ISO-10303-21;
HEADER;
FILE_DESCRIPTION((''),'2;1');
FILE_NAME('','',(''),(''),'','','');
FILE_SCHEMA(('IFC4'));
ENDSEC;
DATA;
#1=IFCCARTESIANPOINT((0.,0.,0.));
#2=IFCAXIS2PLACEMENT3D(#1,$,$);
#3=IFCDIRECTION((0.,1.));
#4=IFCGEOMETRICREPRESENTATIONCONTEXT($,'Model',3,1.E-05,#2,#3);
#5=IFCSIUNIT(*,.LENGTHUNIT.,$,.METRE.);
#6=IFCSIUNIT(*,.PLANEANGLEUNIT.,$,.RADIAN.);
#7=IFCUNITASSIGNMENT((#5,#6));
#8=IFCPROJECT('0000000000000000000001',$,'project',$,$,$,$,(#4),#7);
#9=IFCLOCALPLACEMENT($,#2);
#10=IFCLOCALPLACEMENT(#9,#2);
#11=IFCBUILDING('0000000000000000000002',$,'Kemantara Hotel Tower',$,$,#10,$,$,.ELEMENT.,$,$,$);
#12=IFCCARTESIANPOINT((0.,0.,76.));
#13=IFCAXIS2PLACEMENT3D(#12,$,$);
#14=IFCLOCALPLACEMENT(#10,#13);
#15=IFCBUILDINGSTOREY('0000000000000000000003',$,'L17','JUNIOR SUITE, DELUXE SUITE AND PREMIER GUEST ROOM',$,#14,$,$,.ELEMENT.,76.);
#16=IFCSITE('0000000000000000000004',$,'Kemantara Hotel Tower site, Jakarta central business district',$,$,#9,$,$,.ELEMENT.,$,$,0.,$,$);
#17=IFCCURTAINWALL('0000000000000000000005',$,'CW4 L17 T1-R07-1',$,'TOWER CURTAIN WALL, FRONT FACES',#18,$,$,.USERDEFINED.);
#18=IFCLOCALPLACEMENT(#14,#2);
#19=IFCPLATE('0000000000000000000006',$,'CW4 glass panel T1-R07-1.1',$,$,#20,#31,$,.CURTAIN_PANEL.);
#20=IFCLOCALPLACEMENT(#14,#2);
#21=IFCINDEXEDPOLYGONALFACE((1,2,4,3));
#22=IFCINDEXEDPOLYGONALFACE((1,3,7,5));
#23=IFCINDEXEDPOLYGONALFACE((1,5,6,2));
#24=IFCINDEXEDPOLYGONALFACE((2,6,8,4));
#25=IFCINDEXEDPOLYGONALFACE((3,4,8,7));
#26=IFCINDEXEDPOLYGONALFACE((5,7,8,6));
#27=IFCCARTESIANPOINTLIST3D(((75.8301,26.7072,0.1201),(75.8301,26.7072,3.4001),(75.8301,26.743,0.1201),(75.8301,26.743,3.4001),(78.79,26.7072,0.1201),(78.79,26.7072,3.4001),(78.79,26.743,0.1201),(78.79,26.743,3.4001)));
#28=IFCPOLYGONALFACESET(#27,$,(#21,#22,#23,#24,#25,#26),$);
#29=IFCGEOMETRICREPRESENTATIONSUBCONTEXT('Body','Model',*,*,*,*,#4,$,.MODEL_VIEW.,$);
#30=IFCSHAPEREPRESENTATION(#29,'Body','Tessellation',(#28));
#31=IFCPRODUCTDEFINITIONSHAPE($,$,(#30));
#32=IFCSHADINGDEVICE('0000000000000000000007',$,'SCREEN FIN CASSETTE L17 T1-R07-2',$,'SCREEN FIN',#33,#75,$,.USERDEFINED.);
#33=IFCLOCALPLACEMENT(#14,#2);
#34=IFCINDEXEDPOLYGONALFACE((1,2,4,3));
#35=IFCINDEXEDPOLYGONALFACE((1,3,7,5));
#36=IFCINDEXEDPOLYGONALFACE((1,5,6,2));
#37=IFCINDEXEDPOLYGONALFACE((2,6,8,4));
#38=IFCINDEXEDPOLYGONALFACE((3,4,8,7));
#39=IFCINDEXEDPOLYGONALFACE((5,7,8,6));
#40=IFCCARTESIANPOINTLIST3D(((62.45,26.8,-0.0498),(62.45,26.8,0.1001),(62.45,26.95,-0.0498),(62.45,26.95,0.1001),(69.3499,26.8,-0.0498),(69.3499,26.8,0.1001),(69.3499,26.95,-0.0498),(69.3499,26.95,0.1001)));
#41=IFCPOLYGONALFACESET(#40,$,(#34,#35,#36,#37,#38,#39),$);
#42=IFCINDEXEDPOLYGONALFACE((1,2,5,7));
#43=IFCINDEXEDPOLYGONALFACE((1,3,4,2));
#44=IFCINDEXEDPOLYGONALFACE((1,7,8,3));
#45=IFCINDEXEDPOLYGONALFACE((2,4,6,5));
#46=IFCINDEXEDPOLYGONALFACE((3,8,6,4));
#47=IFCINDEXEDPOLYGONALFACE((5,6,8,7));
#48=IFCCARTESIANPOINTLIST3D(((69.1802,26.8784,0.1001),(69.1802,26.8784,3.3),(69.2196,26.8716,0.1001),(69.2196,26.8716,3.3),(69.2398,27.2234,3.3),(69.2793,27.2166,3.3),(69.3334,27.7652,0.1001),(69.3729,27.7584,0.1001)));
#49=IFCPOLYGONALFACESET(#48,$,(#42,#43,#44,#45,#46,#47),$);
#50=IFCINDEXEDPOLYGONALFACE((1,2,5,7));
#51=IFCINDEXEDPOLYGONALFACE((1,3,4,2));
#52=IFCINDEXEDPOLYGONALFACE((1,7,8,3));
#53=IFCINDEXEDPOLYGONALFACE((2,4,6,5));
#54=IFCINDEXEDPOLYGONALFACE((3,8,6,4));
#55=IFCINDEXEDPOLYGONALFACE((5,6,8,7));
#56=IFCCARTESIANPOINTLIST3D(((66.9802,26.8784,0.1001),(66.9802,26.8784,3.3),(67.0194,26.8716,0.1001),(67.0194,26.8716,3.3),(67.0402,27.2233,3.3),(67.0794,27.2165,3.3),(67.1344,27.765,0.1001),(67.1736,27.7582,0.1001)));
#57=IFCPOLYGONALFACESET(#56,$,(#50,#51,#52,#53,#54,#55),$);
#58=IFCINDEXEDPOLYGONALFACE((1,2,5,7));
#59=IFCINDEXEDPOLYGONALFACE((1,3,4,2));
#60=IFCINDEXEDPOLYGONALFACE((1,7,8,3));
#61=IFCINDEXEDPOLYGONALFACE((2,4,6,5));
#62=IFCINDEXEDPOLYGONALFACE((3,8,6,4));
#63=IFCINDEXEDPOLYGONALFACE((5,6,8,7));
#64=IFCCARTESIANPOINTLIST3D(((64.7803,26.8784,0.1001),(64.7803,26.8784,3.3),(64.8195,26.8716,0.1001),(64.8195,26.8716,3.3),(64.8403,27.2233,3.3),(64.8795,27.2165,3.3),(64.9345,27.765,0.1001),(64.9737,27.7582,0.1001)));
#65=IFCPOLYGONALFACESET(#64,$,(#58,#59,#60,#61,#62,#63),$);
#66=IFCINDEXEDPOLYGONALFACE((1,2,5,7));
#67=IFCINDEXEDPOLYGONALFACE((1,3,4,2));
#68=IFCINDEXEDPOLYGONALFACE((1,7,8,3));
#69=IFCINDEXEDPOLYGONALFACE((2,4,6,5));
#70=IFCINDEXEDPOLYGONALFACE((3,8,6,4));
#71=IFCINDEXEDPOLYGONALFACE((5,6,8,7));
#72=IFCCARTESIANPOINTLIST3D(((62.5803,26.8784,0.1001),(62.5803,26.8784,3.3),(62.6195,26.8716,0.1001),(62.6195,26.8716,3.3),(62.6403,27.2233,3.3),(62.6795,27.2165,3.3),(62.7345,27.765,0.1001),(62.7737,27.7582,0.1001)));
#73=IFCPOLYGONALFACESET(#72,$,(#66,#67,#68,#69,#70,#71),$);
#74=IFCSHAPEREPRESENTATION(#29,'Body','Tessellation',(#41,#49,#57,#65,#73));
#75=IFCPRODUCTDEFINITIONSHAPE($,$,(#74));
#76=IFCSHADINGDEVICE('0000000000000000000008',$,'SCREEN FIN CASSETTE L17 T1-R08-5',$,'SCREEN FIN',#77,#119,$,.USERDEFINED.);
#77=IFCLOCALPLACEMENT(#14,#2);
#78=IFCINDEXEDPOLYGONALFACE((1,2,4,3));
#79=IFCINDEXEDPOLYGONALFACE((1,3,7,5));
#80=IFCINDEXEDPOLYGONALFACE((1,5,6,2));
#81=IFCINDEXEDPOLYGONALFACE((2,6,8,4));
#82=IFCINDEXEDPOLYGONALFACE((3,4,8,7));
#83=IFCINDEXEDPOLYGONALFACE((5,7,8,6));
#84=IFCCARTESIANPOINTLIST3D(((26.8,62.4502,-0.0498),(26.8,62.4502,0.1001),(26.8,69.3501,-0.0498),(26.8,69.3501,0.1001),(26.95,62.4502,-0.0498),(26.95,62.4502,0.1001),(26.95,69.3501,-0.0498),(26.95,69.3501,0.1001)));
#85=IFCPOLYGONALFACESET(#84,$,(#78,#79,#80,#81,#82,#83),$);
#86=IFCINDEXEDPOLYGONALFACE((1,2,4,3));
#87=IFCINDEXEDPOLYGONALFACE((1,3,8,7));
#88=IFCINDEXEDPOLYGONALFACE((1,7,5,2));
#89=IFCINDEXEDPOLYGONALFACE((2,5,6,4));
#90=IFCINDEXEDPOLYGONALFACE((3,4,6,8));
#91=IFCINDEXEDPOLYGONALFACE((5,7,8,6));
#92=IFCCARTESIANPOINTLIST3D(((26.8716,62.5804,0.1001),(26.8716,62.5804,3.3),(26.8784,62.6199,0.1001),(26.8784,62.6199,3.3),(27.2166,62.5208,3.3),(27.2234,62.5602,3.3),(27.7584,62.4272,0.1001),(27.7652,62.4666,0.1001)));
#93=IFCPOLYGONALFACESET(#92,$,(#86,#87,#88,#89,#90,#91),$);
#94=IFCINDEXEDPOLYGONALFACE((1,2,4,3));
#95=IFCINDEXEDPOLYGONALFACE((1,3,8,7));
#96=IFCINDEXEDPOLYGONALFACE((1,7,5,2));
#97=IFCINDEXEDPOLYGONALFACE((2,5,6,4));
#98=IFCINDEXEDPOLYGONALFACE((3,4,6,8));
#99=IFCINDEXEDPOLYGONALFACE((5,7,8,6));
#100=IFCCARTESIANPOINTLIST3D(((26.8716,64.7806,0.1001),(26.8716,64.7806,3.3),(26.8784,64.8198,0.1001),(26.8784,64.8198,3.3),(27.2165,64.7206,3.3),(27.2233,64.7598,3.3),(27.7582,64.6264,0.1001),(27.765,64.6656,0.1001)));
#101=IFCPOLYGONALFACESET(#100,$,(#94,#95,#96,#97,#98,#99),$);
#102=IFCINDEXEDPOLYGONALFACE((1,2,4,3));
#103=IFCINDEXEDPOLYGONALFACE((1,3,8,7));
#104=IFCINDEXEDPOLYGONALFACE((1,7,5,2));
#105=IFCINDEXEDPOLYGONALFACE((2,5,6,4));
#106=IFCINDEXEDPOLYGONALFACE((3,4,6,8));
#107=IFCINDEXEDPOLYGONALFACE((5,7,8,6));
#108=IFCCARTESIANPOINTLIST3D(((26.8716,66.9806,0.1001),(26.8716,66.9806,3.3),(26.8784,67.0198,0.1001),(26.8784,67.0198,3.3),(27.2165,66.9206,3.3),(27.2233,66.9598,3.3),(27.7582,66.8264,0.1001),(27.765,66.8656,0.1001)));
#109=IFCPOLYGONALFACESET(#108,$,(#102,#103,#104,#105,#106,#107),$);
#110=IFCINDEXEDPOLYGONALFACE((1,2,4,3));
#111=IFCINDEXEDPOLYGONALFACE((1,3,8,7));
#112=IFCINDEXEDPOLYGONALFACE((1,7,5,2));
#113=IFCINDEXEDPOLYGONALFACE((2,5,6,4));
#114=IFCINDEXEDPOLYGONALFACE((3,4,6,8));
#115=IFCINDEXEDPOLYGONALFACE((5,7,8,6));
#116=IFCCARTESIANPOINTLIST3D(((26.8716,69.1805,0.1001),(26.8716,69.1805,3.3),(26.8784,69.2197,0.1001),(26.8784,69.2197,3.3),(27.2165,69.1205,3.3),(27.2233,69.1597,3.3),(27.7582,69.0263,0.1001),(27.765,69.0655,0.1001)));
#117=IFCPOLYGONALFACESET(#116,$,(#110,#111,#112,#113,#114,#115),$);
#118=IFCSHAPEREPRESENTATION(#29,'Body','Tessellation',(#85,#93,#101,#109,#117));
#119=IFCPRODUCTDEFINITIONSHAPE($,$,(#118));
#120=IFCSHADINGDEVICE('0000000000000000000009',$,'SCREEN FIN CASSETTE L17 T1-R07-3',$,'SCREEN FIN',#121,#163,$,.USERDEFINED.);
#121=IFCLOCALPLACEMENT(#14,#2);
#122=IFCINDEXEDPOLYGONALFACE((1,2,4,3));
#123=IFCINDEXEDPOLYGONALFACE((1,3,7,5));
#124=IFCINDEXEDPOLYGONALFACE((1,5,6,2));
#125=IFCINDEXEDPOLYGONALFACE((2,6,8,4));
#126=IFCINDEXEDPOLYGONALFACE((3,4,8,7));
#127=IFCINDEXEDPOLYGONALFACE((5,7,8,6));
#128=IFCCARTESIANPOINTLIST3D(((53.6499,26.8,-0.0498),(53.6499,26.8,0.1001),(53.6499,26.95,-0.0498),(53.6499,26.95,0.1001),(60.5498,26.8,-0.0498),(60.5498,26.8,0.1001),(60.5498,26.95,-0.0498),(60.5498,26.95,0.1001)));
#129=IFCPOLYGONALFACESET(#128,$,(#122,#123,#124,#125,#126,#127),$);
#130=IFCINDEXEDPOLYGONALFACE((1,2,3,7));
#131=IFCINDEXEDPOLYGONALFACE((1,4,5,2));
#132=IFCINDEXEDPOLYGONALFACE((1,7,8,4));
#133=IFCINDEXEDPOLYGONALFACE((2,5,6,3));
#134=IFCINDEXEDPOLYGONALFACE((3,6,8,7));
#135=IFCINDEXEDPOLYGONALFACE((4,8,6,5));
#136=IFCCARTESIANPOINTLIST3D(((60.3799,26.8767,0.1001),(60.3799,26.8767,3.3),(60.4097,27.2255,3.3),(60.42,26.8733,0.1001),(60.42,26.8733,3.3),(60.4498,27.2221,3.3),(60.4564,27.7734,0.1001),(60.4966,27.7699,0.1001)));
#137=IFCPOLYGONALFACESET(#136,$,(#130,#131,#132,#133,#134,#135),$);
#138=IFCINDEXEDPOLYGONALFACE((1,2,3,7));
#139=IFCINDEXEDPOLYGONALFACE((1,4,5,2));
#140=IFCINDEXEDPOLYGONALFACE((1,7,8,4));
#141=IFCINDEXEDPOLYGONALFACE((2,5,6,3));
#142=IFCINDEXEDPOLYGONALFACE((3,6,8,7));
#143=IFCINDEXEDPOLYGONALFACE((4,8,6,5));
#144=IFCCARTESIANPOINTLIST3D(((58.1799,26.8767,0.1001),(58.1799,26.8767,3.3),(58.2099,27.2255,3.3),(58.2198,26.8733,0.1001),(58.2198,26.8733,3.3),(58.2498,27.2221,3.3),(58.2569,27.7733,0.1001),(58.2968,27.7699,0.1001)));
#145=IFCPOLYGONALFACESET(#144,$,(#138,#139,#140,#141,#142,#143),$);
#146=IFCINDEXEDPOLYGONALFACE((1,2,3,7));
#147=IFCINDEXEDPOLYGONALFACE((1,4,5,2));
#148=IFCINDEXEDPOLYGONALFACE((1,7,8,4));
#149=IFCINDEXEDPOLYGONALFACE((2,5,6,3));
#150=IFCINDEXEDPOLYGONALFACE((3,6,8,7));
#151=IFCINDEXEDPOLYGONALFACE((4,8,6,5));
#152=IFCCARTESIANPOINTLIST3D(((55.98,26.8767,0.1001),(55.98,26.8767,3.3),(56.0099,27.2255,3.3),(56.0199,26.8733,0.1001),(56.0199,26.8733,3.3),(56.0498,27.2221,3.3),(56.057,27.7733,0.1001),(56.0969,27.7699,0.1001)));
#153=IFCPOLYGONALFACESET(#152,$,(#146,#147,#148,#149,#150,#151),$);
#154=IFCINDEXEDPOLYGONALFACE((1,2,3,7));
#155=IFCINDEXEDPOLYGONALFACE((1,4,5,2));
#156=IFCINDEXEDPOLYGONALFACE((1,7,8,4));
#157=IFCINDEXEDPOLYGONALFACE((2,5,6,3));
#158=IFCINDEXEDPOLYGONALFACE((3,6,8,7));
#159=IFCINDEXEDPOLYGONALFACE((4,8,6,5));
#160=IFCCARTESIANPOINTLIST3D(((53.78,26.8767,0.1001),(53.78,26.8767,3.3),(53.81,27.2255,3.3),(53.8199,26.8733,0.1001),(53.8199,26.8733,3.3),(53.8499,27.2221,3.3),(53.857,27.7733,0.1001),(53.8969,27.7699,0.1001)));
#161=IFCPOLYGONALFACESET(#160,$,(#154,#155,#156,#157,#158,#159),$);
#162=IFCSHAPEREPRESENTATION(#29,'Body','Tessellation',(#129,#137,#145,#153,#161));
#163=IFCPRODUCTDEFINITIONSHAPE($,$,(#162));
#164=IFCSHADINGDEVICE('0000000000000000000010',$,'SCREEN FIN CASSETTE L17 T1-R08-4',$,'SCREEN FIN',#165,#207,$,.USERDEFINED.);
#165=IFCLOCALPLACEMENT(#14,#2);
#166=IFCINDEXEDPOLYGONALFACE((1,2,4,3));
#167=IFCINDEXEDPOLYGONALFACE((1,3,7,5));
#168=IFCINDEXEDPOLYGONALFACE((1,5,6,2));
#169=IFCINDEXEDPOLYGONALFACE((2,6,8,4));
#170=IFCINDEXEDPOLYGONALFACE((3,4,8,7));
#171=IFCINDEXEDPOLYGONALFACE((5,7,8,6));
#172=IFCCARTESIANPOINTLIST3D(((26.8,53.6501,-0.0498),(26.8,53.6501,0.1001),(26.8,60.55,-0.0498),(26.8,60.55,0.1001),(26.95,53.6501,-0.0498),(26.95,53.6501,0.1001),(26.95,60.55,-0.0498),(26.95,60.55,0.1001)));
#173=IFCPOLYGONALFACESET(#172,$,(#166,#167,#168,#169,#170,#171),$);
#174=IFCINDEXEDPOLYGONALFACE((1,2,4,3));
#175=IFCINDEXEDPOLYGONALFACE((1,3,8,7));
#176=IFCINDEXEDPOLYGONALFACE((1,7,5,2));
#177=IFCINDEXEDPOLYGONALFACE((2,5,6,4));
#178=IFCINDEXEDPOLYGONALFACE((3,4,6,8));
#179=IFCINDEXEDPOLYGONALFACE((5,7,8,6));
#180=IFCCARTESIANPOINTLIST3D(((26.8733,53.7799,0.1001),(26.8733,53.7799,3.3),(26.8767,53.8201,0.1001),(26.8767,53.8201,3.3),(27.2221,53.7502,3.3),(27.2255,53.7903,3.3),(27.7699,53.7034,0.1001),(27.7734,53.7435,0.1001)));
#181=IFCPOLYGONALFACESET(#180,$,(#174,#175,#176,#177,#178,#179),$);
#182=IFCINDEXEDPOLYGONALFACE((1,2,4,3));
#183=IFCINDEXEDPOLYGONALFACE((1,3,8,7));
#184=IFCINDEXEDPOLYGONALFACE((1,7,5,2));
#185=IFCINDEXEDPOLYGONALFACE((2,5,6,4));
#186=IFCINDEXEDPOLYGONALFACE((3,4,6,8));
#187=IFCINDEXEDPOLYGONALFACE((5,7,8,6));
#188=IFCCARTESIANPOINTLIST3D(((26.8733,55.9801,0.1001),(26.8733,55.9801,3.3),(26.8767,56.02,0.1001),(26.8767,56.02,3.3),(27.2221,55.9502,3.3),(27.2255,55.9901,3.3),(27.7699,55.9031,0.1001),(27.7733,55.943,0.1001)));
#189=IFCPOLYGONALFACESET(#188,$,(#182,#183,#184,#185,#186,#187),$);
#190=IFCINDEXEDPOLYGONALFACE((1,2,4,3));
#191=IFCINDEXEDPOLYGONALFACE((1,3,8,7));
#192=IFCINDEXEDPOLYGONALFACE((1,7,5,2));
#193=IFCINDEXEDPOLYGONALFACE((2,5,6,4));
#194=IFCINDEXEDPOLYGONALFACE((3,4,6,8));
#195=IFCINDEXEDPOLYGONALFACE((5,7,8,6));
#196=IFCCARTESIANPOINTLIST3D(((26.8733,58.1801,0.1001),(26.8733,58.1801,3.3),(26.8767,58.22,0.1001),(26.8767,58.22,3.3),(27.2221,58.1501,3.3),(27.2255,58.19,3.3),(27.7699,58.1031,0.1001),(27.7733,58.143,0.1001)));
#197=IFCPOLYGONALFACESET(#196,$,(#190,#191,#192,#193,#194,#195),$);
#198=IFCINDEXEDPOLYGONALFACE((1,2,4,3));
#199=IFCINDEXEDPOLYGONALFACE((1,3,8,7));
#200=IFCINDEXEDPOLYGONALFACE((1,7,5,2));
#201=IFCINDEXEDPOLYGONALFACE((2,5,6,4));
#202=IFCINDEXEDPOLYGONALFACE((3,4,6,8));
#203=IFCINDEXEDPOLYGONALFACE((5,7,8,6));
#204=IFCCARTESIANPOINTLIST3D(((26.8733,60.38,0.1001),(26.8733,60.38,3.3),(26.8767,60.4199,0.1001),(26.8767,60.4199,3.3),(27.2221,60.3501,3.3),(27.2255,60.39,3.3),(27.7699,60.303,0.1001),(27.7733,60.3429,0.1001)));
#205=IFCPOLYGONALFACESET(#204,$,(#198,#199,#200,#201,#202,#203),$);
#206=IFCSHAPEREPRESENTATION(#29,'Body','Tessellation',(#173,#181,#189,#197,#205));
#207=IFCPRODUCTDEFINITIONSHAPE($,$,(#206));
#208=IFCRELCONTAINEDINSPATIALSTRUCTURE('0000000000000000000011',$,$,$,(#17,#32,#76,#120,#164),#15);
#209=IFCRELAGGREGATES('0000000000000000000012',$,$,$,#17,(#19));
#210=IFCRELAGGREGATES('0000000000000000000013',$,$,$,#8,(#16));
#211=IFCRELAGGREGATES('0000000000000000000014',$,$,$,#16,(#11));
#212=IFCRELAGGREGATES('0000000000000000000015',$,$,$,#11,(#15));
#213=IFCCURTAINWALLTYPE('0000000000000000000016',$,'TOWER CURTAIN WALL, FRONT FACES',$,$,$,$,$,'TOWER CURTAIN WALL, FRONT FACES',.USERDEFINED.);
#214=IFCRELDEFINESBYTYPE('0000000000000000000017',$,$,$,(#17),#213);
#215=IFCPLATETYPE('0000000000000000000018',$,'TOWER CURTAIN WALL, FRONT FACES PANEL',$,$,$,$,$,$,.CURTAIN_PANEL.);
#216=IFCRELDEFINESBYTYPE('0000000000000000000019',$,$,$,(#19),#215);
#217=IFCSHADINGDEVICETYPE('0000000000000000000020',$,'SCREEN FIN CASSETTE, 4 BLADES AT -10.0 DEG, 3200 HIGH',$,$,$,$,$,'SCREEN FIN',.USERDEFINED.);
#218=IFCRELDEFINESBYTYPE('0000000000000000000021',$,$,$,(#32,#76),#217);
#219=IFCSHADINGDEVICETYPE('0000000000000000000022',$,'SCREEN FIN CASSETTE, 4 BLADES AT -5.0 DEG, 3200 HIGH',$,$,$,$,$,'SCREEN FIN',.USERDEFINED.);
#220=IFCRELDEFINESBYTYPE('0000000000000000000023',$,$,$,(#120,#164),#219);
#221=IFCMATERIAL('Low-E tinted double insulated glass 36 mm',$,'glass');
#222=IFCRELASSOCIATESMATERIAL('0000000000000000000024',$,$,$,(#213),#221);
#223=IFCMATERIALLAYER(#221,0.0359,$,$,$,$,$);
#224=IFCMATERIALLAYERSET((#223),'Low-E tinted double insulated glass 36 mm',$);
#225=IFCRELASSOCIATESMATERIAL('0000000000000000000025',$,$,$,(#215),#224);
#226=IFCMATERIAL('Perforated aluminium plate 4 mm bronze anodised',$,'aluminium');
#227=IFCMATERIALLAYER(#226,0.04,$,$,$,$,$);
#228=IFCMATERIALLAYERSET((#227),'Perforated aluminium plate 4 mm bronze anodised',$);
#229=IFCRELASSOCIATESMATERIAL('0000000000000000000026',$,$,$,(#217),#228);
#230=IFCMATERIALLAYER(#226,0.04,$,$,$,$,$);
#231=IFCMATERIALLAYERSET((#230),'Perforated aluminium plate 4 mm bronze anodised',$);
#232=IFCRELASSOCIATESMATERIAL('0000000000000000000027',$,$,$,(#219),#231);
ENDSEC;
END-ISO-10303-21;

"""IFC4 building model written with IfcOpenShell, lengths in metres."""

from ifc_helpers import new_model, si_unit, direction, frame, origin, origin_2d, place, context, subcontext, project, spatial, polyline, rectangle, outline, extrude, source, transform, mapped, material, layer, layer_set, type_object, element, aggregate, save


model = new_model("IFC4")

# Units and contexts
model_context = context("Model", 3, precision=1e-05, world=origin(), true_north=direction((0.0, 1.0)))
body_context = subcontext(model_context, "Body", "Model", "MODEL_VIEW")
ifc_project = project(units=[si_unit("LENGTHUNIT", "METRE"), si_unit("PLANEANGLEUNIT", "RADIAN")], contexts=[model_context])

# Site, building, storey
site_placement = place(None, origin())
site = spatial("IfcSite", under=ifc_project, at=site_placement, Name="Kemantara Hotel Tower site, Jakarta central business district", CompositionType="ELEMENT", RefElevation=0.0)
building_placement = place(site_placement, origin())
building = spatial("IfcBuilding", under=site, at=building_placement, Name="Kemantara Hotel Tower", CompositionType="ELEMENT")
storey_placement = place(building_placement, frame((0.0, 0.0, 76.0)))
storey = spatial("IfcBuildingStorey", under=building, at=storey_placement, Name="L17", Description="JUNIOR SUITE, DELUXE SUITE AND PREMIER GUEST ROOM", CompositionType="ELEMENT", Elevation=76.0)

# Curtain wall
ifc_material_1 = material(Name="Low-E tinted double insulated glass 36 mm", Category="glass")
curtain_wall_type = type_object("IfcCurtainWallType", Name="TOWER CURTAIN WALL, FRONT FACES", ElementType="TOWER CURTAIN WALL, FRONT FACES", PredefinedType="USERDEFINED", material=ifc_material_1)
curtain_wall_1_placement = place(storey_placement, origin())
curtain_wall_1 = element("IfcCurtainWall", 1, at=curtain_wall_1_placement, inside=storey, type_object=curtain_wall_type, Name="CW4 L17 T1-R07-1", ObjectType="TOWER CURTAIN WALL, FRONT FACES", PredefinedType="USERDEFINED")

# Plate
ifc_layer_1 = layer(ifc_material_1, 0.0359)
ifc_layer_set_1 = layer_set([ifc_layer_1], Name="Low-E tinted double insulated glass 36 mm")
plate_type = type_object("IfcPlateType", Name="TOWER CURTAIN WALL, FRONT FACES PANEL", PredefinedType="CURTAIN_PANEL", material=ifc_layer_set_1)
shared_shape_1 = source(origin(), body_context, "Body", "SweptSolid", [
    extrude(rectangle(XDim=2.96, YDim=0.0359, at=origin_2d()), origin(), (0.0, 0.0, 1.0), 3.28),
])
plate_1_placement = place(storey_placement, frame((77.3101, 26.7251, 0.1201), z_axis=(0.0, 0.0, 1.0), x_axis=(-1.0, 0.0, 0.0)))
plate_1 = element("IfcPlate", 2, at=plate_1_placement, type_object=plate_type, Name="CW4 glass panel T1-R07-1.1", PredefinedType="CURTAIN_PANEL", context=body_context, shape_type="MappedRepresentation", body=[
    mapped(shared_shape_1, transform((0.0, 0.0, 0.0))),
])
aggregate(curtain_wall_1, [plate_1])

# Shading devices
ifc_material_2 = material(Name="Perforated aluminium plate 4 mm bronze anodised", Category="aluminium")
ifc_layer_2 = layer(ifc_material_2, 0.04)
ifc_layer_set_2 = layer_set([ifc_layer_2], Name="Perforated aluminium plate 4 mm bronze anodised")
shading_device_type_1 = type_object("IfcShadingDeviceType", Name="SCREEN FIN CASSETTE, 4 BLADES AT -10.0 DEG, 3200 HIGH", ElementType="SCREEN FIN", PredefinedType="USERDEFINED", material=ifc_layer_set_2)
shared_shape_2 = source(origin(), body_context, "Body", "SweptSolid", [
    extrude(rectangle(XDim=6.8999, YDim=0.1499, at=origin_2d()), frame((3.3, -0.075, -0.1499), z_axis=(0.0, 0.0, 1.0), x_axis=(1.0, 0.0, 0.0)), (0.0, 0.0, 1.0), 0.1499),
    extrude(outline(polyline([(0.0, 0.0), (0.8999, 0.0), (0.3501, 3.2), (0.0, 3.2), (0.0, 0.0)])), frame((0.0198, -0.0784, 0.0), z_axis=(-0.98539, 0.170314, 0.0), x_axis=(-0.170314, -0.98539, 0.0)), (0.0, 0.0, 1.0), 0.04),
    extrude(outline(polyline([(0.0, 0.0), (0.8999, 0.0), (0.3501, 3.2), (0.0, 3.2), (0.0, 0.0)])), frame((2.2197, -0.0784, 0.0), z_axis=(-0.985212, 0.171341, 0.0), x_axis=(-0.171341, -0.985212, 0.0)), (0.0, 0.0, 1.0), 0.0398),
    extrude(outline(polyline([(0.0, 0.0), (0.8999, 0.0), (0.3501, 3.2), (0.0, 3.2), (0.0, 0.0)])), frame((4.4197, -0.0784, 0.0), z_axis=(-0.985212, 0.171341, 0.0), x_axis=(-0.171341, -0.985212, 0.0)), (0.0, 0.0, 1.0), 0.0398),
    extrude(outline(polyline([(0.0, 0.0), (0.8999, 0.0), (0.3501, 3.2), (0.0, 3.2), (0.0, 0.0)])), frame((6.6196, -0.0784, 0.0), z_axis=(-0.985212, 0.171341, 0.0), x_axis=(-0.171341, -0.985212, 0.0)), (0.0, 0.0, 1.0), 0.0398),
])
for number, where, z_axis, x_axis, name in (
    (3, (69.2, 26.8, 0.1001), (0.0, 0.0, 1.0), (-1.0, 0.0, 0.0), "SCREEN FIN CASSETTE L17 T1-R07-2"),
    (4, (26.8, 62.6001, 0.1001), (0.0, 0.0, 1.0), (0.0, 1.0, 0.0), "SCREEN FIN CASSETTE L17 T1-R08-5"),
):
    element("IfcShadingDevice", number, at=place(storey_placement, frame(where, z_axis=z_axis, x_axis=x_axis)), inside=storey, type_object=shading_device_type_1, Name=name, ObjectType="SCREEN FIN", PredefinedType="USERDEFINED", context=body_context, shape_type="MappedRepresentation", body=[
        mapped(shared_shape_2, transform((0.0, 0.0, 0.0))),
    ])
ifc_layer_3 = layer(ifc_material_2, 0.04)
ifc_layer_set_3 = layer_set([ifc_layer_3], Name="Perforated aluminium plate 4 mm bronze anodised")
shading_device_type_2 = type_object("IfcShadingDeviceType", Name="SCREEN FIN CASSETTE, 4 BLADES AT -5.0 DEG, 3200 HIGH", ElementType="SCREEN FIN", PredefinedType="USERDEFINED", material=ifc_layer_set_3)
shared_shape_3 = source(origin(), body_context, "Body", "SweptSolid", [
    extrude(rectangle(XDim=6.8999, YDim=0.1499, at=origin_2d()), frame((3.3, -0.075, -0.1499), z_axis=(0.0, 0.0, 1.0), x_axis=(1.0, 0.0, 0.0)), (0.0, 0.0, 1.0), 0.1499),
    extrude(outline(polyline([(0.0, 0.0), (0.8999, 0.0), (0.3501, 3.2), (0.0, 3.2), (0.0, 0.0)])), frame((0.02, -0.0767, 0.0), z_axis=(-0.996376, 0.085056, 0.0), x_axis=(-0.085056, -0.996376, 0.0)), (0.0, 0.0, 1.0), 0.0403),
    extrude(outline(polyline([(0.0, 0.0), (0.8999, 0.0), (0.3501, 3.2), (0.0, 3.2), (0.0, 0.0)])), frame((2.22, -0.0767, 0.0), z_axis=(-0.996332, 0.085575, 0.0), x_axis=(-0.085575, -0.996332, 0.0)), (0.0, 0.0, 1.0), 0.04),
    extrude(outline(polyline([(0.0, 0.0), (0.8999, 0.0), (0.3501, 3.2), (0.0, 3.2), (0.0, 0.0)])), frame((4.4199, -0.0767, 0.0), z_axis=(-0.996332, 0.085575, 0.0), x_axis=(-0.085575, -0.996332, 0.0)), (0.0, 0.0, 1.0), 0.04),
    extrude(outline(polyline([(0.0, 0.0), (0.8999, 0.0), (0.3501, 3.2), (0.0, 3.2), (0.0, 0.0)])), frame((6.6199, -0.0767, 0.0), z_axis=(-0.996332, 0.085575, 0.0), x_axis=(-0.085575, -0.996332, 0.0)), (0.0, 0.0, 1.0), 0.04),
])
for number, where, z_axis, x_axis, name in (
    (5, (60.3999, 26.8, 0.1001), (0.0, 0.0, 1.0), (-1.0, 0.0, 0.0), "SCREEN FIN CASSETTE L17 T1-R07-3"),
    (6, (26.8, 53.8, 0.1001), (0.0, 0.0, 1.0), (0.0, 1.0, 0.0), "SCREEN FIN CASSETTE L17 T1-R08-4"),
):
    element("IfcShadingDevice", number, at=place(storey_placement, frame(where, z_axis=z_axis, x_axis=x_axis)), inside=storey, type_object=shading_device_type_2, Name=name, ObjectType="SCREEN FIN", PredefinedType="USERDEFINED", context=body_context, shape_type="MappedRepresentation", body=[
        mapped(shared_shape_3, transform((0.0, 0.0, 0.0))),
    ])

save(model, "model.ifc")
